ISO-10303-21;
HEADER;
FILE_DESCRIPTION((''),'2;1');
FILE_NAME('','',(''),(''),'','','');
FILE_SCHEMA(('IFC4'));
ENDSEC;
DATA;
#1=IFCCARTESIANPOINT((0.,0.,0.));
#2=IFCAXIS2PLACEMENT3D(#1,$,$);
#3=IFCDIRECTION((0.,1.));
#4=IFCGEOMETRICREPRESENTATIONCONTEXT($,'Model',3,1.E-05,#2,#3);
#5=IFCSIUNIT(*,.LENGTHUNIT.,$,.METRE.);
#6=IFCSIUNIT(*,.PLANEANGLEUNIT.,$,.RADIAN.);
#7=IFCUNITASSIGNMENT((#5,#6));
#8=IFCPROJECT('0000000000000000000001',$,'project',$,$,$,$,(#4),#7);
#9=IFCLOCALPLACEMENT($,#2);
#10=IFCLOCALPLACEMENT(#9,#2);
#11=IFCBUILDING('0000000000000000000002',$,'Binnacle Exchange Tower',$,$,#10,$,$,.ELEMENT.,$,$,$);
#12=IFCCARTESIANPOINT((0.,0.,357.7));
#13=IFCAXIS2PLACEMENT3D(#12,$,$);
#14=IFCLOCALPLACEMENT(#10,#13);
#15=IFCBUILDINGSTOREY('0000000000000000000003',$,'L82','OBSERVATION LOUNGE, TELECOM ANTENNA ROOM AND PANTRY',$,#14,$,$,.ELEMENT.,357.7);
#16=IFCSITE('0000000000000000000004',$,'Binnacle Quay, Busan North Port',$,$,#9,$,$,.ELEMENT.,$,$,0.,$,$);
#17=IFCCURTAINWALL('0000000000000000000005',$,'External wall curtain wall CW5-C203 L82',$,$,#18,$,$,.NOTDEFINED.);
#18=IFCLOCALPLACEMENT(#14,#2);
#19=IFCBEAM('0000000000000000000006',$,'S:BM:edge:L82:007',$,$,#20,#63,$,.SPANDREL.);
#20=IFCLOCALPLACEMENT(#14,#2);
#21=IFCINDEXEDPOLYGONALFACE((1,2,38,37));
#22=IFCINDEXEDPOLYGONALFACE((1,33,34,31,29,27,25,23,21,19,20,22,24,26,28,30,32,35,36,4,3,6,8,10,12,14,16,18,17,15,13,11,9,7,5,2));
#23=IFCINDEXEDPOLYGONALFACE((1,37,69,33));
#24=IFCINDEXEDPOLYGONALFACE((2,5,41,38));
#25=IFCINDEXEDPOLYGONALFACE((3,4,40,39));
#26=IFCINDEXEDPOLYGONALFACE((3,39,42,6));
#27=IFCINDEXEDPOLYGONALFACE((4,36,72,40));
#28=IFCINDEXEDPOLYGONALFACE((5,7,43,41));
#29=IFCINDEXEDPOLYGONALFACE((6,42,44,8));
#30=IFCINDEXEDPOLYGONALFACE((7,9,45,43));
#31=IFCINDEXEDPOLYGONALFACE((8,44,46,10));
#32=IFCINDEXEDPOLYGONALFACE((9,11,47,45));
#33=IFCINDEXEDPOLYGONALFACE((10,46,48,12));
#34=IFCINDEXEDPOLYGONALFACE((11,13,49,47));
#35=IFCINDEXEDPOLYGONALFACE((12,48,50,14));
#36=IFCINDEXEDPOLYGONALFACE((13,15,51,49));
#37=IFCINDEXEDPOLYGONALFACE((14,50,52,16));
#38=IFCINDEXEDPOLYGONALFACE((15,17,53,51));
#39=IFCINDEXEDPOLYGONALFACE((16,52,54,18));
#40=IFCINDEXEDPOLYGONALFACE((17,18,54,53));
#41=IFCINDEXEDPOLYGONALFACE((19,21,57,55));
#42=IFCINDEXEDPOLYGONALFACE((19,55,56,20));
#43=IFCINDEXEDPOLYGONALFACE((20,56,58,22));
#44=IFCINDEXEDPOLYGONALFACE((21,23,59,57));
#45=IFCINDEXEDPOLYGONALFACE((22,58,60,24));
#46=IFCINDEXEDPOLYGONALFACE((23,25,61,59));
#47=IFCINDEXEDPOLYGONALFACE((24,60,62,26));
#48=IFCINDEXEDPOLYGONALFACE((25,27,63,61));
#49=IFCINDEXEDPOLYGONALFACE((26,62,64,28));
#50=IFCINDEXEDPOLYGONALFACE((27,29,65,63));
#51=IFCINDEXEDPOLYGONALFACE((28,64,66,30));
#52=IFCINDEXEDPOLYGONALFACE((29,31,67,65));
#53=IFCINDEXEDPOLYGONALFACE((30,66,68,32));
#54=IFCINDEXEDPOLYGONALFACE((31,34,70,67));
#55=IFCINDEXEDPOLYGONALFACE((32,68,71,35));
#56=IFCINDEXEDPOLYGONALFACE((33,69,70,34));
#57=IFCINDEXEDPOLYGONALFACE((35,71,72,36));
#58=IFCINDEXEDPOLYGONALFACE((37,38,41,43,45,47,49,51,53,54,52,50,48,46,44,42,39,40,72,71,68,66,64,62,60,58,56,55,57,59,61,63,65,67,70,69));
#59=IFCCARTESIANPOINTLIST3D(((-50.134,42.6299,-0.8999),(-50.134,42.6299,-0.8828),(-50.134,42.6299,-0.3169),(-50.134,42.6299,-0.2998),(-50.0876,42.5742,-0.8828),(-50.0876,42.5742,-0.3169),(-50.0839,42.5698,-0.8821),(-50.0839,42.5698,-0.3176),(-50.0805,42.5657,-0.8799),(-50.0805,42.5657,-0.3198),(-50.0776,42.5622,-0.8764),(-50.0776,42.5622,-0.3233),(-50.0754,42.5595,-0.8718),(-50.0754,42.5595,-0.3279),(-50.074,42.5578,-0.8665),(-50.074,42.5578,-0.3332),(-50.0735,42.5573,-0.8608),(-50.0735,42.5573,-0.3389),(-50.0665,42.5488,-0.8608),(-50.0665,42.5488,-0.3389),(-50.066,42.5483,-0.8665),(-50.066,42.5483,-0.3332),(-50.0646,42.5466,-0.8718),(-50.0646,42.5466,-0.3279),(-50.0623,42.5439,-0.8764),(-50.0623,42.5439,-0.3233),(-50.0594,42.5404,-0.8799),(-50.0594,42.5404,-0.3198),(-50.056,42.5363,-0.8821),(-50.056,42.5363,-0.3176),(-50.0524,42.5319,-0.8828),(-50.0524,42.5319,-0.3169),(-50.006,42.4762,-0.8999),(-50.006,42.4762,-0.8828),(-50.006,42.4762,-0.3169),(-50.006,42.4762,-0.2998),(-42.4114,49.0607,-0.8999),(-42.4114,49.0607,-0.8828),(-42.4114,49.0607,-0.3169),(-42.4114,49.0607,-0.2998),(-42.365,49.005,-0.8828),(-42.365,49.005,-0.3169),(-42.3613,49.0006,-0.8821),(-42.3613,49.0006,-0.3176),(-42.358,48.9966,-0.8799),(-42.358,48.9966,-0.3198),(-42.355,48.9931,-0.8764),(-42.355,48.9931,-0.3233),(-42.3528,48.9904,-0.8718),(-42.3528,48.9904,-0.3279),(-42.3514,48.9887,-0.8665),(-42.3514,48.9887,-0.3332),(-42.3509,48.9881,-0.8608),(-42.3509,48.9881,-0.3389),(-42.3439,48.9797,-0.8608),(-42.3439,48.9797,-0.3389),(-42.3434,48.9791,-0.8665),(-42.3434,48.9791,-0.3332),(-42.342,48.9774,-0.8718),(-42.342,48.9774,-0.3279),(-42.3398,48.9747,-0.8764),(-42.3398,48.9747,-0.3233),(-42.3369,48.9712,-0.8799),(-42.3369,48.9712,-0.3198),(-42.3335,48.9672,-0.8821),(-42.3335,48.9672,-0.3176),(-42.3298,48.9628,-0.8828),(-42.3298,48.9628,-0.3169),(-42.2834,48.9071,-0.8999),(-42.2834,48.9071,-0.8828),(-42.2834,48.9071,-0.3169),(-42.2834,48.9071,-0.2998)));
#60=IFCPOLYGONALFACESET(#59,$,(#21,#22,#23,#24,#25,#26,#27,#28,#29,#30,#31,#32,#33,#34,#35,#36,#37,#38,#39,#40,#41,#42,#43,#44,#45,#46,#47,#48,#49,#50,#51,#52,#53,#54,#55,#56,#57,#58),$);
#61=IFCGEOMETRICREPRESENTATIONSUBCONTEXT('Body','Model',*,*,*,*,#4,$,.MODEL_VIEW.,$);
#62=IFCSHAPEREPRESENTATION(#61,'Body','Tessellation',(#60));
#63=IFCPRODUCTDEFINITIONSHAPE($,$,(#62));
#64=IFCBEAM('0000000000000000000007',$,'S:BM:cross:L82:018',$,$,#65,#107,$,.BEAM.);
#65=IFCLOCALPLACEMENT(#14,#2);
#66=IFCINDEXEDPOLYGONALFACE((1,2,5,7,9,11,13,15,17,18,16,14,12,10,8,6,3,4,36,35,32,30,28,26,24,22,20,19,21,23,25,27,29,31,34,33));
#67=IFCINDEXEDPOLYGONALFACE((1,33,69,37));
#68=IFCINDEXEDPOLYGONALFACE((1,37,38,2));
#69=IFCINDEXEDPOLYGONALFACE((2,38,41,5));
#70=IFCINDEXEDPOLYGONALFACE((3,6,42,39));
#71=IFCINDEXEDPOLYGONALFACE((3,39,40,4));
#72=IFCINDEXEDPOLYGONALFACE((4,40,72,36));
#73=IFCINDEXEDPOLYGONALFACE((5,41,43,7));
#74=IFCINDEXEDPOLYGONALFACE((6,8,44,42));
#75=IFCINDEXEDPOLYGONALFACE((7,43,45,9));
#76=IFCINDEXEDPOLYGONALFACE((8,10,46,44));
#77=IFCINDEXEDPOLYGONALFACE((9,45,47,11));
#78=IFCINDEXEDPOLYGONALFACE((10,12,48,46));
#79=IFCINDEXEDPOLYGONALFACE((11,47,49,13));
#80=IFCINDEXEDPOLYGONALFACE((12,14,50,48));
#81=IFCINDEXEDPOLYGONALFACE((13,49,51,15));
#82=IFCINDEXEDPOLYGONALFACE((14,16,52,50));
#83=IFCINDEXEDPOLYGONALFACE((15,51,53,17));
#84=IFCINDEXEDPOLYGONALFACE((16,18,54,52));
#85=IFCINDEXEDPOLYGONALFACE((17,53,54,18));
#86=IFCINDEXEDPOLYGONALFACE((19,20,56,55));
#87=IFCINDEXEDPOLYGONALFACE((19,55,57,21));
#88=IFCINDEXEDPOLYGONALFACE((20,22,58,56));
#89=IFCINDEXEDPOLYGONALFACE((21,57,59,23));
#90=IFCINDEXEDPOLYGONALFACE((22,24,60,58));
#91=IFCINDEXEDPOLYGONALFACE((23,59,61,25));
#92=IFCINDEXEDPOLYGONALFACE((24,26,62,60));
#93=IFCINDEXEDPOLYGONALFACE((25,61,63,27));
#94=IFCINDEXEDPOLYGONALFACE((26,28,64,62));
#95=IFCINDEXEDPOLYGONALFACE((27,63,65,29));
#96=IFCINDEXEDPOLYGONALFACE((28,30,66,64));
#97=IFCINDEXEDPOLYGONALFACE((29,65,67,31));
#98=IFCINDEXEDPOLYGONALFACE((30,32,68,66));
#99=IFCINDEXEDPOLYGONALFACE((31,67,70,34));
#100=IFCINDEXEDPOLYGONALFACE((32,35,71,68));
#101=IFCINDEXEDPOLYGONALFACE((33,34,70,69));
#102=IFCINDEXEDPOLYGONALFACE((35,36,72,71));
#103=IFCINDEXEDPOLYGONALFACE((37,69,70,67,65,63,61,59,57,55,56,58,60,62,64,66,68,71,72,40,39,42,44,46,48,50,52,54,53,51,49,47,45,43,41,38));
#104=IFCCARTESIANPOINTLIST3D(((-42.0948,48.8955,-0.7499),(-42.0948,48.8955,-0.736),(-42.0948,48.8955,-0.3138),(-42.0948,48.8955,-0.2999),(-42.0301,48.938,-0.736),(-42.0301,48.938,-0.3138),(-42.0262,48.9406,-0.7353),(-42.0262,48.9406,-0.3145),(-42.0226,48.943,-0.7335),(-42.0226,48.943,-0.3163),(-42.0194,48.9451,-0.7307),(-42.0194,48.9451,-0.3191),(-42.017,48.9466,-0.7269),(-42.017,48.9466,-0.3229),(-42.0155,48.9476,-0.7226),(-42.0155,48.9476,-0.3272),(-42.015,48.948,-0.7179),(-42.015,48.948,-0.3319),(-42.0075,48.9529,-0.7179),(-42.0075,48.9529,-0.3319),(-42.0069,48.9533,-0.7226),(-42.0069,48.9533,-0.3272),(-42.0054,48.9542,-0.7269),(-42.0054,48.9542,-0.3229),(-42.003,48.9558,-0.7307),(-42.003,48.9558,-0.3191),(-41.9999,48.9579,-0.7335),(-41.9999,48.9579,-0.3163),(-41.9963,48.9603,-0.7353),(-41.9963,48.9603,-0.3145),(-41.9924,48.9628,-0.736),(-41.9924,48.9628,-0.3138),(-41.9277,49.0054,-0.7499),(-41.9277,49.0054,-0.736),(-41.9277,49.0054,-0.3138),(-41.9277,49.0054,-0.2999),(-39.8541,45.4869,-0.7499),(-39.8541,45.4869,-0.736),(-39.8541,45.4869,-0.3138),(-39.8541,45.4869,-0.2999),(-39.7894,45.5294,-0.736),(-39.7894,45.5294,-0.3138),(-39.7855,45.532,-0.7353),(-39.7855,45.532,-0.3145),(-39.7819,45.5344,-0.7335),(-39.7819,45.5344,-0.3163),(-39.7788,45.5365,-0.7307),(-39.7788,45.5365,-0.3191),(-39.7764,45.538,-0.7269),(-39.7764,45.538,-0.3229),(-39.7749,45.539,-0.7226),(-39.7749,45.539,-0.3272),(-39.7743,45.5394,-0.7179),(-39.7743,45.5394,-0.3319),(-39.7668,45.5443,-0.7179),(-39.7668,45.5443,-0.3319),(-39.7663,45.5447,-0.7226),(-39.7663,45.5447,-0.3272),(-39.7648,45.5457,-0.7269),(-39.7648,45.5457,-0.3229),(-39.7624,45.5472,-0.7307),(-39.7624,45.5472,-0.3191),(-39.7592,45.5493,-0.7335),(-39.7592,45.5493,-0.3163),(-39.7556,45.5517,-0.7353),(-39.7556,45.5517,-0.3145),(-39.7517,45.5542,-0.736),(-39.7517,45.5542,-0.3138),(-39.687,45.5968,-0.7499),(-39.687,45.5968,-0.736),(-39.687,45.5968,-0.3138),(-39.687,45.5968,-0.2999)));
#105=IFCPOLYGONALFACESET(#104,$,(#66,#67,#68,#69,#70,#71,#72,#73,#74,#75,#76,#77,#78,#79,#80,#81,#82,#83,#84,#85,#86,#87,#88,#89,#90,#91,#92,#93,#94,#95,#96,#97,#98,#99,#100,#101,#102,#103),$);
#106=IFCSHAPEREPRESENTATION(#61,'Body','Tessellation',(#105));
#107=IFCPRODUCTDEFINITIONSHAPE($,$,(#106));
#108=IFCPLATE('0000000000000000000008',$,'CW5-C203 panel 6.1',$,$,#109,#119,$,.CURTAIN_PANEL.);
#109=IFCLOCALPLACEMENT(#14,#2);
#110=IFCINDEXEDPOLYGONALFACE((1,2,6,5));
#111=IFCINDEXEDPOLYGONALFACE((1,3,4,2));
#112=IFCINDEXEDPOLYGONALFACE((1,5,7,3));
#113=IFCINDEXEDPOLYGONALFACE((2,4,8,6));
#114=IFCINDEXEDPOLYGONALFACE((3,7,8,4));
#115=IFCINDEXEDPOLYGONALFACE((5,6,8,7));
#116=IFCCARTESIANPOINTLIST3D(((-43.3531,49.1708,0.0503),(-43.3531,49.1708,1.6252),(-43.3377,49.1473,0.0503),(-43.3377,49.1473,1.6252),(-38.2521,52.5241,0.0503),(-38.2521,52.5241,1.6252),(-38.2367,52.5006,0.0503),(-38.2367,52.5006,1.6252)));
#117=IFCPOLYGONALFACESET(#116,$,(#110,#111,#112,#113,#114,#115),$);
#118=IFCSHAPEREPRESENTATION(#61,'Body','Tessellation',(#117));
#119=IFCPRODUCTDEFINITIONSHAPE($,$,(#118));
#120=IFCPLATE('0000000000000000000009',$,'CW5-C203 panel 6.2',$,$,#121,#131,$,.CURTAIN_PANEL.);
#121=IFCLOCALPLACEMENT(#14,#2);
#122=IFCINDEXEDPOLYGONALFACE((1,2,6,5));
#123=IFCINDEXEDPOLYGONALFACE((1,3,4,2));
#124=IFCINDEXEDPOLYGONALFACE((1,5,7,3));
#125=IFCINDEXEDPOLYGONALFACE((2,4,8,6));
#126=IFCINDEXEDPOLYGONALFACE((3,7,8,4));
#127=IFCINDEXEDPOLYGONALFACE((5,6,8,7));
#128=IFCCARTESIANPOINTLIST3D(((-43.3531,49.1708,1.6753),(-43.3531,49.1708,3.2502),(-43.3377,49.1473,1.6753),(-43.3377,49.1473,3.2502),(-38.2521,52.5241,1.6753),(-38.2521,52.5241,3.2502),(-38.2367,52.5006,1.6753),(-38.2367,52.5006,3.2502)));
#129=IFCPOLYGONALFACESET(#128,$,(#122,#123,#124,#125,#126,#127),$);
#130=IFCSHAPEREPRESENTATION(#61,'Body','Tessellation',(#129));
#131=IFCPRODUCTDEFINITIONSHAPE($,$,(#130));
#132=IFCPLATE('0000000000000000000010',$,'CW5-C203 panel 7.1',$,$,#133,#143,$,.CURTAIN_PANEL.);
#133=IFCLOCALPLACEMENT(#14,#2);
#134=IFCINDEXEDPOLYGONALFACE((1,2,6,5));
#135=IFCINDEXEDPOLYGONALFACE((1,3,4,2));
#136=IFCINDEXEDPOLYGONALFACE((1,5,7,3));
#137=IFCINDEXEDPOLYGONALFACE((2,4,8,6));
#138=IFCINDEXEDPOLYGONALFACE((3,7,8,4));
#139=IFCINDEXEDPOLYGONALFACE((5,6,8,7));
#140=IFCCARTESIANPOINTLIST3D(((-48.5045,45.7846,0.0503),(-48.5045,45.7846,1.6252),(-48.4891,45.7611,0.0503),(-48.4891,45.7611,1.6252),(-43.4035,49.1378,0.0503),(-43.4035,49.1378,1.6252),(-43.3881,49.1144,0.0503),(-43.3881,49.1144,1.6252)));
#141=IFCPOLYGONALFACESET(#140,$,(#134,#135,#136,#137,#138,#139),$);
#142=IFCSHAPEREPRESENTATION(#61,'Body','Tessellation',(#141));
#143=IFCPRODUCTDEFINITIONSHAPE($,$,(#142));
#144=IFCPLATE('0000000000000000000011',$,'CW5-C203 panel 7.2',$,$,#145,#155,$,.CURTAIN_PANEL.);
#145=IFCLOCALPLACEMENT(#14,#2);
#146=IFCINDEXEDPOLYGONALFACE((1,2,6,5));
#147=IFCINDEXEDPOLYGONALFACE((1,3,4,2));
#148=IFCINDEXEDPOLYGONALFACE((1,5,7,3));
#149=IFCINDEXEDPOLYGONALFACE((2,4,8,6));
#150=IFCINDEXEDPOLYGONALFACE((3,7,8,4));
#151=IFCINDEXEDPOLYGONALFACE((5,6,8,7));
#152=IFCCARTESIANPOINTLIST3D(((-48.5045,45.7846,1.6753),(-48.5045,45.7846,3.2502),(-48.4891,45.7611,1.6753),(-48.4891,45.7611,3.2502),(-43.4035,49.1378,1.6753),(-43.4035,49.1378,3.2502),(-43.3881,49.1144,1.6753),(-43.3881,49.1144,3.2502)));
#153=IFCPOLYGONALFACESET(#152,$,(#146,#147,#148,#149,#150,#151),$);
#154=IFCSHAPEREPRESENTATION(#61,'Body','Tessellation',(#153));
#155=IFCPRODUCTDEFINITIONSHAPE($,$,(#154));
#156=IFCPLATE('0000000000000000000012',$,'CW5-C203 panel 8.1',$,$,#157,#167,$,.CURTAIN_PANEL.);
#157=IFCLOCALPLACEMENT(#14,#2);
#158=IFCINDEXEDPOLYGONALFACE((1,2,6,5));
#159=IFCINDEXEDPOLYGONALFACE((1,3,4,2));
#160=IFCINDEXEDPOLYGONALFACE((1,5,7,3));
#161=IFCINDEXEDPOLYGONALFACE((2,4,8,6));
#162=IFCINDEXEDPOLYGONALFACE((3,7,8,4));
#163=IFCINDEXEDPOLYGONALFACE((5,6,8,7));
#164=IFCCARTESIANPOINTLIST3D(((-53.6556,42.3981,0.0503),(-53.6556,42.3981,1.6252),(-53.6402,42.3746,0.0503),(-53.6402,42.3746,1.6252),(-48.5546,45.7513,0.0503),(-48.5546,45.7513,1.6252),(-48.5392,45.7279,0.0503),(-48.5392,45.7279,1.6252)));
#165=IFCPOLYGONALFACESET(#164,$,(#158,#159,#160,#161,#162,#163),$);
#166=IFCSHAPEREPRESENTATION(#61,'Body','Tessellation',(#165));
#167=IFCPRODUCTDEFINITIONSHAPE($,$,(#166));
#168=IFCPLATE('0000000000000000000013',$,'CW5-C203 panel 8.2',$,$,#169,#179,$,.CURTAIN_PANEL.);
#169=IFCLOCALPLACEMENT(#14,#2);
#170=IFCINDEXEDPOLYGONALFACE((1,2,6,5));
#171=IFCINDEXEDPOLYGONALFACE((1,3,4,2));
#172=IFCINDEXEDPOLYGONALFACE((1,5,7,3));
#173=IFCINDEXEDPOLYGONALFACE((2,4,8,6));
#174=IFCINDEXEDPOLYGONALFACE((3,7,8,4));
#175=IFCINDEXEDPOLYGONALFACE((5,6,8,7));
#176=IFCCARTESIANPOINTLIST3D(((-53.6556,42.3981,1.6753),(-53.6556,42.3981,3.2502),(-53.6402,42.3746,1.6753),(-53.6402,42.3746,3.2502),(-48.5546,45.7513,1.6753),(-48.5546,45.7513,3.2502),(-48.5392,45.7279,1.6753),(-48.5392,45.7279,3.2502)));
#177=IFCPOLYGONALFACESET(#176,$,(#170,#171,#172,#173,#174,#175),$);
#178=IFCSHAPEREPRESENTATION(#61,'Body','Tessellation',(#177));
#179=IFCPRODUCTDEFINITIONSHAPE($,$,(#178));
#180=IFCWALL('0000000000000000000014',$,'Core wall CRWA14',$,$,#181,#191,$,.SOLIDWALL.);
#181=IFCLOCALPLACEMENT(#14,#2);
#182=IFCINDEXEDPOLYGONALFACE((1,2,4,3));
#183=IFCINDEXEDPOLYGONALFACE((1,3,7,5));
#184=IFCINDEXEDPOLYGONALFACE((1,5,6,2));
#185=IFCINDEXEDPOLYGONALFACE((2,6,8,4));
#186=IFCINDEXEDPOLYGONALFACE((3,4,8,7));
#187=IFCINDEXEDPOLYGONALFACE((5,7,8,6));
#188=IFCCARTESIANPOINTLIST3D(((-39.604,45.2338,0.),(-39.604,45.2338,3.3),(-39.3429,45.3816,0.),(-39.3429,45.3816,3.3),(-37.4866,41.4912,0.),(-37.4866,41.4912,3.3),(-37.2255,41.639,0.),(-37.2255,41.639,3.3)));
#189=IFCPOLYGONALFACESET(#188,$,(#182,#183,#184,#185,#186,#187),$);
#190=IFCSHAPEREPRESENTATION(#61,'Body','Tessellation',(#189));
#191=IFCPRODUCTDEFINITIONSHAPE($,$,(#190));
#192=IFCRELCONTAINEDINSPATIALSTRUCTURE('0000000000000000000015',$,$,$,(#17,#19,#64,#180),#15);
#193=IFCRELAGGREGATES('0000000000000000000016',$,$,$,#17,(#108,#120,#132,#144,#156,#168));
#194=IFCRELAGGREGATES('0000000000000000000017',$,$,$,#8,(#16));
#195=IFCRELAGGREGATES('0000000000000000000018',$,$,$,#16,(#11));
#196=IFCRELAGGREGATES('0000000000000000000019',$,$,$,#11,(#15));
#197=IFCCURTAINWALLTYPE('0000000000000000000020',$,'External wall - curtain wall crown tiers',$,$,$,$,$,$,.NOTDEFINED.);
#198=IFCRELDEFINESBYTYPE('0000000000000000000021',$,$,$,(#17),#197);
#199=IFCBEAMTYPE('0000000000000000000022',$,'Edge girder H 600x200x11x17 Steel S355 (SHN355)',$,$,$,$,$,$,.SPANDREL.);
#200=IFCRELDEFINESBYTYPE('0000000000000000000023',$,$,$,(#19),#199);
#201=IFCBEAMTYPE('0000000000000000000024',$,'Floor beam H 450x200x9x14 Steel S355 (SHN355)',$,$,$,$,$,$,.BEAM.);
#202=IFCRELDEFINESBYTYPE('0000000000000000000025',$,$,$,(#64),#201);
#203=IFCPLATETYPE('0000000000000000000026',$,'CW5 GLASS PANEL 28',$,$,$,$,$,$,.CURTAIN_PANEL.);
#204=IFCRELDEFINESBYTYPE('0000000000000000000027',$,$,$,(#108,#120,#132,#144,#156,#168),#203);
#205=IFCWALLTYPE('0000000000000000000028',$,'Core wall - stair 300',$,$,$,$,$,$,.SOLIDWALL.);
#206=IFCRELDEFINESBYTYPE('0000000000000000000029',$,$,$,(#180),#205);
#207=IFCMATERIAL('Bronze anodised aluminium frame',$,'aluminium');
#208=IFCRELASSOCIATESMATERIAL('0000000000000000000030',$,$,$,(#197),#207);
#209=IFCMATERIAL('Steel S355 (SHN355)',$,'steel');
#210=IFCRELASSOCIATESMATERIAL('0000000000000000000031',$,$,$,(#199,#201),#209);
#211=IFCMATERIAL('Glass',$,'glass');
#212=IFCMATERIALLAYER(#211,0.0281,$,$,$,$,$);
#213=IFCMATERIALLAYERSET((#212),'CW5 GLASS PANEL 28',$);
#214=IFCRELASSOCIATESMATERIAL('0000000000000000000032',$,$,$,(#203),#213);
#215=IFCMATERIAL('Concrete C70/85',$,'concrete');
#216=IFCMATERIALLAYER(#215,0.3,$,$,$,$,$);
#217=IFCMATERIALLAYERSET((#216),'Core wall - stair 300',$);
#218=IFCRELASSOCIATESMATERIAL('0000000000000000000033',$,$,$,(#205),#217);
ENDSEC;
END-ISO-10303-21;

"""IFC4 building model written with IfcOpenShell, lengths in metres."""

from ifc_helpers import new_model, si_unit, direction, frame, frame_2d, origin, origin_2d, place, context, subcontext, project, spatial, rectangle, i_section, extrude, material, layer, layer_set, material_profile, profile_set, type_object, element, aggregate, save


model = new_model("IFC4")

# Units and contexts
model_context = context("Model", 3, precision=1e-05, world=origin(), true_north=direction((0.0, 1.0)))
body_context = subcontext(model_context, "Body", "Model", "MODEL_VIEW")
ifc_project = project(units=[si_unit("LENGTHUNIT", "METRE"), si_unit("PLANEANGLEUNIT", "RADIAN")], contexts=[model_context])

# Site, building, storey
site_placement = place(None, origin())
site = spatial("IfcSite", under=ifc_project, at=site_placement, Name="Binnacle Quay, Busan North Port", CompositionType="ELEMENT", RefElevation=0.0)
building_placement = place(site_placement, origin())
building = spatial("IfcBuilding", under=site, at=building_placement, Name="Binnacle Exchange Tower", CompositionType="ELEMENT")
storey_placement = place(building_placement, frame((0.0, 0.0, 357.7)))
storey = spatial("IfcBuildingStorey", under=building, at=storey_placement, Name="L82", Description="OBSERVATION LOUNGE, TELECOM ANTENNA ROOM AND PANTRY", CompositionType="ELEMENT", Elevation=357.7)

# Shared definitions
ifc_material_1 = material(Name="Steel S355 (SHN355)", Category="steel")

# Curtain wall
ifc_material_2 = material(Name="Bronze anodised aluminium frame", Category="aluminium")
curtain_wall_type = type_object("IfcCurtainWallType", Name="External wall - curtain wall crown tiers", PredefinedType="NOTDEFINED", material=ifc_material_2)
curtain_wall_placement = place(storey_placement, origin())
curtain_wall = element("IfcCurtainWall", 1, at=curtain_wall_placement, inside=storey, type_object=curtain_wall_type, Name="External wall curtain wall CW5-C203 L82", PredefinedType="NOTDEFINED")

# Beams
ifc_material_profile_1 = material_profile(ifc_material_1, i_section(OverallWidth=0.2, OverallDepth=0.6001, WebThickness=0.011, FlangeThickness=0.0171, FilletRadius=0.022, at=origin_2d()), Name="H 600x200x11x17")
ifc_profile_set_1 = profile_set([ifc_material_profile_1], Name="Steel S355 (SHN355)")
beam_type_1 = type_object("IfcBeamType", Name="Edge girder H 600x200x11x17 Steel S355 (SHN355)", PredefinedType="SPANDREL", material=ifc_profile_set_1)
beam_1_placement = place(storey_placement, frame((-42.3474, 48.9839, -0.5999), z_axis=(-0.768448, -0.639912, 0.0), x_axis=(0.639912, -0.768448, 0.0)))
element("IfcBeam", 2, at=beam_1_placement, inside=storey, type_object=beam_type_1, Name="S:BM:edge:L82:007", PredefinedType="SPANDREL", context=body_context, shape_type="SweptSolid", body=[
    extrude(i_section(OverallWidth=0.2, OverallDepth=0.6001, WebThickness=0.011, FlangeThickness=0.0171, FilletRadius=0.022, at=origin_2d()), origin(), (0.0, 0.0, 1.0), 10.0496),
])
ifc_material_profile_2 = material_profile(ifc_material_1, i_section(OverallWidth=0.2, OverallDepth=0.45, WebThickness=0.009, FlangeThickness=0.0139, FilletRadius=0.0181, at=origin_2d()), Name="H 450x200x9x14")
ifc_profile_set_2 = profile_set([ifc_material_profile_2], Name="Steel S355 (SHN355)")
beam_type_2 = type_object("IfcBeamType", Name="Floor beam H 450x200x9x14 Steel S355 (SHN355)", PredefinedType="BEAM", material=ifc_profile_set_2)
beam_2_placement = place(storey_placement, frame((-42.0112, 48.9504, -0.5249), z_axis=(0.549302, -0.835624, 0.0), x_axis=(0.835624, 0.549302, 0.0)))
element("IfcBeam", 3, at=beam_2_placement, inside=storey, type_object=beam_type_2, Name="S:BM:cross:L82:018", PredefinedType="BEAM", context=body_context, shape_type="SweptSolid", body=[
    extrude(i_section(OverallWidth=0.2, OverallDepth=0.45, WebThickness=0.009, FlangeThickness=0.0139, FilletRadius=0.0181, at=origin_2d()), origin(), (0.0, 0.0, 1.0), 4.0791),
])

# Plates
ifc_material_3 = material(Name="Glass", Category="glass")
ifc_layer_1 = layer(ifc_material_3, 0.0281)
ifc_layer_set_1 = layer_set([ifc_layer_1], Name="CW5 GLASS PANEL 28")
plate_type = type_object("IfcPlateType", Name="CW5 GLASS PANEL 28", PredefinedType="CURTAIN_PANEL", material=ifc_layer_set_1)
plate_1_placement = place(storey_placement, frame((-40.7949, 50.8357, 0.0503), z_axis=(0.0, 0.0, 1.0), x_axis=(-0.835618, -0.54931, 0.0)))
plate_1 = element("IfcPlate", 4, at=plate_1_placement, type_object=plate_type, Name="CW5-C203 panel 6.1", PredefinedType="CURTAIN_PANEL", context=body_context, shape_type="SweptSolid", body=[
    extrude(rectangle(XDim=6.1045, YDim=0.0281, at=origin_2d()), origin(), (0.0, 0.0, 1.0), 1.575),
])
plate_2_placement = place(storey_placement, frame((-40.7949, 50.8357, 1.6753), z_axis=(0.0, 0.0, 1.0), x_axis=(-0.835618, -0.54931, 0.0)))
plate_2 = element("IfcPlate", 5, at=plate_2_placement, type_object=plate_type, Name="CW5-C203 panel 6.2", PredefinedType="CURTAIN_PANEL", context=body_context, shape_type="SweptSolid", body=[
    extrude(rectangle(XDim=6.1045, YDim=0.0281, at=origin_2d()), origin(), (0.0, 0.0, 1.0), 1.575),
])
plate_3_placement = place(storey_placement, frame((-45.9463, 47.4495, 0.0503), z_axis=(0.0, 0.0, 1.0), x_axis=(-0.835618, -0.54931, 0.0)))
plate_3 = element("IfcPlate", 6, at=plate_3_placement, type_object=plate_type, Name="CW5-C203 panel 7.1", PredefinedType="CURTAIN_PANEL", context=body_context, shape_type="SweptSolid", body=[
    extrude(rectangle(XDim=6.1045, YDim=0.0281, at=origin_2d()), origin(), (0.0, 0.0, 1.0), 1.575),
])
plate_4_placement = place(storey_placement, frame((-45.9463, 47.4495, 1.6753), z_axis=(0.0, 0.0, 1.0), x_axis=(-0.835618, -0.54931, 0.0)))
plate_4 = element("IfcPlate", 7, at=plate_4_placement, type_object=plate_type, Name="CW5-C203 panel 7.2", PredefinedType="CURTAIN_PANEL", context=body_context, shape_type="SweptSolid", body=[
    extrude(rectangle(XDim=6.1045, YDim=0.0281, at=origin_2d()), origin(), (0.0, 0.0, 1.0), 1.575),
])
plate_5_placement = place(storey_placement, frame((-51.0974, 44.063, 0.0503), z_axis=(0.0, 0.0, 1.0), x_axis=(-0.835618, -0.54931, 0.0)))
plate_5 = element("IfcPlate", 8, at=plate_5_placement, type_object=plate_type, Name="CW5-C203 panel 8.1", PredefinedType="CURTAIN_PANEL", context=body_context, shape_type="SweptSolid", body=[
    extrude(rectangle(XDim=6.1045, YDim=0.0281, at=origin_2d()), origin(), (0.0, 0.0, 1.0), 1.575),
])
plate_6_placement = place(storey_placement, frame((-51.0974, 44.063, 1.6753), z_axis=(0.0, 0.0, 1.0), x_axis=(-0.835618, -0.54931, 0.0)))
plate_6 = element("IfcPlate", 9, at=plate_6_placement, type_object=plate_type, Name="CW5-C203 panel 8.2", PredefinedType="CURTAIN_PANEL", context=body_context, shape_type="SweptSolid", body=[
    extrude(rectangle(XDim=6.1045, YDim=0.0281, at=origin_2d()), origin(), (0.0, 0.0, 1.0), 1.575),
])
aggregate(curtain_wall, [plate_1, plate_2, plate_3, plate_4, plate_5, plate_6])

# Wall
ifc_material_4 = material(Name="Concrete C70/85", Category="concrete")
ifc_layer_2 = layer(ifc_material_4, 0.3)
ifc_layer_set_2 = layer_set([ifc_layer_2], Name="Core wall - stair 300")
wall_type = type_object("IfcWallType", Name="Core wall - stair 300", PredefinedType="SOLIDWALL", material=ifc_layer_set_2)
wall_placement = place(storey_placement, frame((-39.4734, 45.3076, 0.0), z_axis=(0.0, 0.0, 1.0), x_axis=(0.492411, -0.870363, 0.0)))
element("IfcWall", 10, at=wall_placement, inside=storey, type_object=wall_type, Name="Core wall CRWA14", PredefinedType="SOLIDWALL", context=body_context, shape_type="SweptSolid", body=[
    extrude(rectangle(XDim=4.3, YDim=0.3, at=frame_2d((2.1499, 0.0))), origin(), (0.0, 0.0, 1.0), 3.3),
])

save(model, "model.ifc")
